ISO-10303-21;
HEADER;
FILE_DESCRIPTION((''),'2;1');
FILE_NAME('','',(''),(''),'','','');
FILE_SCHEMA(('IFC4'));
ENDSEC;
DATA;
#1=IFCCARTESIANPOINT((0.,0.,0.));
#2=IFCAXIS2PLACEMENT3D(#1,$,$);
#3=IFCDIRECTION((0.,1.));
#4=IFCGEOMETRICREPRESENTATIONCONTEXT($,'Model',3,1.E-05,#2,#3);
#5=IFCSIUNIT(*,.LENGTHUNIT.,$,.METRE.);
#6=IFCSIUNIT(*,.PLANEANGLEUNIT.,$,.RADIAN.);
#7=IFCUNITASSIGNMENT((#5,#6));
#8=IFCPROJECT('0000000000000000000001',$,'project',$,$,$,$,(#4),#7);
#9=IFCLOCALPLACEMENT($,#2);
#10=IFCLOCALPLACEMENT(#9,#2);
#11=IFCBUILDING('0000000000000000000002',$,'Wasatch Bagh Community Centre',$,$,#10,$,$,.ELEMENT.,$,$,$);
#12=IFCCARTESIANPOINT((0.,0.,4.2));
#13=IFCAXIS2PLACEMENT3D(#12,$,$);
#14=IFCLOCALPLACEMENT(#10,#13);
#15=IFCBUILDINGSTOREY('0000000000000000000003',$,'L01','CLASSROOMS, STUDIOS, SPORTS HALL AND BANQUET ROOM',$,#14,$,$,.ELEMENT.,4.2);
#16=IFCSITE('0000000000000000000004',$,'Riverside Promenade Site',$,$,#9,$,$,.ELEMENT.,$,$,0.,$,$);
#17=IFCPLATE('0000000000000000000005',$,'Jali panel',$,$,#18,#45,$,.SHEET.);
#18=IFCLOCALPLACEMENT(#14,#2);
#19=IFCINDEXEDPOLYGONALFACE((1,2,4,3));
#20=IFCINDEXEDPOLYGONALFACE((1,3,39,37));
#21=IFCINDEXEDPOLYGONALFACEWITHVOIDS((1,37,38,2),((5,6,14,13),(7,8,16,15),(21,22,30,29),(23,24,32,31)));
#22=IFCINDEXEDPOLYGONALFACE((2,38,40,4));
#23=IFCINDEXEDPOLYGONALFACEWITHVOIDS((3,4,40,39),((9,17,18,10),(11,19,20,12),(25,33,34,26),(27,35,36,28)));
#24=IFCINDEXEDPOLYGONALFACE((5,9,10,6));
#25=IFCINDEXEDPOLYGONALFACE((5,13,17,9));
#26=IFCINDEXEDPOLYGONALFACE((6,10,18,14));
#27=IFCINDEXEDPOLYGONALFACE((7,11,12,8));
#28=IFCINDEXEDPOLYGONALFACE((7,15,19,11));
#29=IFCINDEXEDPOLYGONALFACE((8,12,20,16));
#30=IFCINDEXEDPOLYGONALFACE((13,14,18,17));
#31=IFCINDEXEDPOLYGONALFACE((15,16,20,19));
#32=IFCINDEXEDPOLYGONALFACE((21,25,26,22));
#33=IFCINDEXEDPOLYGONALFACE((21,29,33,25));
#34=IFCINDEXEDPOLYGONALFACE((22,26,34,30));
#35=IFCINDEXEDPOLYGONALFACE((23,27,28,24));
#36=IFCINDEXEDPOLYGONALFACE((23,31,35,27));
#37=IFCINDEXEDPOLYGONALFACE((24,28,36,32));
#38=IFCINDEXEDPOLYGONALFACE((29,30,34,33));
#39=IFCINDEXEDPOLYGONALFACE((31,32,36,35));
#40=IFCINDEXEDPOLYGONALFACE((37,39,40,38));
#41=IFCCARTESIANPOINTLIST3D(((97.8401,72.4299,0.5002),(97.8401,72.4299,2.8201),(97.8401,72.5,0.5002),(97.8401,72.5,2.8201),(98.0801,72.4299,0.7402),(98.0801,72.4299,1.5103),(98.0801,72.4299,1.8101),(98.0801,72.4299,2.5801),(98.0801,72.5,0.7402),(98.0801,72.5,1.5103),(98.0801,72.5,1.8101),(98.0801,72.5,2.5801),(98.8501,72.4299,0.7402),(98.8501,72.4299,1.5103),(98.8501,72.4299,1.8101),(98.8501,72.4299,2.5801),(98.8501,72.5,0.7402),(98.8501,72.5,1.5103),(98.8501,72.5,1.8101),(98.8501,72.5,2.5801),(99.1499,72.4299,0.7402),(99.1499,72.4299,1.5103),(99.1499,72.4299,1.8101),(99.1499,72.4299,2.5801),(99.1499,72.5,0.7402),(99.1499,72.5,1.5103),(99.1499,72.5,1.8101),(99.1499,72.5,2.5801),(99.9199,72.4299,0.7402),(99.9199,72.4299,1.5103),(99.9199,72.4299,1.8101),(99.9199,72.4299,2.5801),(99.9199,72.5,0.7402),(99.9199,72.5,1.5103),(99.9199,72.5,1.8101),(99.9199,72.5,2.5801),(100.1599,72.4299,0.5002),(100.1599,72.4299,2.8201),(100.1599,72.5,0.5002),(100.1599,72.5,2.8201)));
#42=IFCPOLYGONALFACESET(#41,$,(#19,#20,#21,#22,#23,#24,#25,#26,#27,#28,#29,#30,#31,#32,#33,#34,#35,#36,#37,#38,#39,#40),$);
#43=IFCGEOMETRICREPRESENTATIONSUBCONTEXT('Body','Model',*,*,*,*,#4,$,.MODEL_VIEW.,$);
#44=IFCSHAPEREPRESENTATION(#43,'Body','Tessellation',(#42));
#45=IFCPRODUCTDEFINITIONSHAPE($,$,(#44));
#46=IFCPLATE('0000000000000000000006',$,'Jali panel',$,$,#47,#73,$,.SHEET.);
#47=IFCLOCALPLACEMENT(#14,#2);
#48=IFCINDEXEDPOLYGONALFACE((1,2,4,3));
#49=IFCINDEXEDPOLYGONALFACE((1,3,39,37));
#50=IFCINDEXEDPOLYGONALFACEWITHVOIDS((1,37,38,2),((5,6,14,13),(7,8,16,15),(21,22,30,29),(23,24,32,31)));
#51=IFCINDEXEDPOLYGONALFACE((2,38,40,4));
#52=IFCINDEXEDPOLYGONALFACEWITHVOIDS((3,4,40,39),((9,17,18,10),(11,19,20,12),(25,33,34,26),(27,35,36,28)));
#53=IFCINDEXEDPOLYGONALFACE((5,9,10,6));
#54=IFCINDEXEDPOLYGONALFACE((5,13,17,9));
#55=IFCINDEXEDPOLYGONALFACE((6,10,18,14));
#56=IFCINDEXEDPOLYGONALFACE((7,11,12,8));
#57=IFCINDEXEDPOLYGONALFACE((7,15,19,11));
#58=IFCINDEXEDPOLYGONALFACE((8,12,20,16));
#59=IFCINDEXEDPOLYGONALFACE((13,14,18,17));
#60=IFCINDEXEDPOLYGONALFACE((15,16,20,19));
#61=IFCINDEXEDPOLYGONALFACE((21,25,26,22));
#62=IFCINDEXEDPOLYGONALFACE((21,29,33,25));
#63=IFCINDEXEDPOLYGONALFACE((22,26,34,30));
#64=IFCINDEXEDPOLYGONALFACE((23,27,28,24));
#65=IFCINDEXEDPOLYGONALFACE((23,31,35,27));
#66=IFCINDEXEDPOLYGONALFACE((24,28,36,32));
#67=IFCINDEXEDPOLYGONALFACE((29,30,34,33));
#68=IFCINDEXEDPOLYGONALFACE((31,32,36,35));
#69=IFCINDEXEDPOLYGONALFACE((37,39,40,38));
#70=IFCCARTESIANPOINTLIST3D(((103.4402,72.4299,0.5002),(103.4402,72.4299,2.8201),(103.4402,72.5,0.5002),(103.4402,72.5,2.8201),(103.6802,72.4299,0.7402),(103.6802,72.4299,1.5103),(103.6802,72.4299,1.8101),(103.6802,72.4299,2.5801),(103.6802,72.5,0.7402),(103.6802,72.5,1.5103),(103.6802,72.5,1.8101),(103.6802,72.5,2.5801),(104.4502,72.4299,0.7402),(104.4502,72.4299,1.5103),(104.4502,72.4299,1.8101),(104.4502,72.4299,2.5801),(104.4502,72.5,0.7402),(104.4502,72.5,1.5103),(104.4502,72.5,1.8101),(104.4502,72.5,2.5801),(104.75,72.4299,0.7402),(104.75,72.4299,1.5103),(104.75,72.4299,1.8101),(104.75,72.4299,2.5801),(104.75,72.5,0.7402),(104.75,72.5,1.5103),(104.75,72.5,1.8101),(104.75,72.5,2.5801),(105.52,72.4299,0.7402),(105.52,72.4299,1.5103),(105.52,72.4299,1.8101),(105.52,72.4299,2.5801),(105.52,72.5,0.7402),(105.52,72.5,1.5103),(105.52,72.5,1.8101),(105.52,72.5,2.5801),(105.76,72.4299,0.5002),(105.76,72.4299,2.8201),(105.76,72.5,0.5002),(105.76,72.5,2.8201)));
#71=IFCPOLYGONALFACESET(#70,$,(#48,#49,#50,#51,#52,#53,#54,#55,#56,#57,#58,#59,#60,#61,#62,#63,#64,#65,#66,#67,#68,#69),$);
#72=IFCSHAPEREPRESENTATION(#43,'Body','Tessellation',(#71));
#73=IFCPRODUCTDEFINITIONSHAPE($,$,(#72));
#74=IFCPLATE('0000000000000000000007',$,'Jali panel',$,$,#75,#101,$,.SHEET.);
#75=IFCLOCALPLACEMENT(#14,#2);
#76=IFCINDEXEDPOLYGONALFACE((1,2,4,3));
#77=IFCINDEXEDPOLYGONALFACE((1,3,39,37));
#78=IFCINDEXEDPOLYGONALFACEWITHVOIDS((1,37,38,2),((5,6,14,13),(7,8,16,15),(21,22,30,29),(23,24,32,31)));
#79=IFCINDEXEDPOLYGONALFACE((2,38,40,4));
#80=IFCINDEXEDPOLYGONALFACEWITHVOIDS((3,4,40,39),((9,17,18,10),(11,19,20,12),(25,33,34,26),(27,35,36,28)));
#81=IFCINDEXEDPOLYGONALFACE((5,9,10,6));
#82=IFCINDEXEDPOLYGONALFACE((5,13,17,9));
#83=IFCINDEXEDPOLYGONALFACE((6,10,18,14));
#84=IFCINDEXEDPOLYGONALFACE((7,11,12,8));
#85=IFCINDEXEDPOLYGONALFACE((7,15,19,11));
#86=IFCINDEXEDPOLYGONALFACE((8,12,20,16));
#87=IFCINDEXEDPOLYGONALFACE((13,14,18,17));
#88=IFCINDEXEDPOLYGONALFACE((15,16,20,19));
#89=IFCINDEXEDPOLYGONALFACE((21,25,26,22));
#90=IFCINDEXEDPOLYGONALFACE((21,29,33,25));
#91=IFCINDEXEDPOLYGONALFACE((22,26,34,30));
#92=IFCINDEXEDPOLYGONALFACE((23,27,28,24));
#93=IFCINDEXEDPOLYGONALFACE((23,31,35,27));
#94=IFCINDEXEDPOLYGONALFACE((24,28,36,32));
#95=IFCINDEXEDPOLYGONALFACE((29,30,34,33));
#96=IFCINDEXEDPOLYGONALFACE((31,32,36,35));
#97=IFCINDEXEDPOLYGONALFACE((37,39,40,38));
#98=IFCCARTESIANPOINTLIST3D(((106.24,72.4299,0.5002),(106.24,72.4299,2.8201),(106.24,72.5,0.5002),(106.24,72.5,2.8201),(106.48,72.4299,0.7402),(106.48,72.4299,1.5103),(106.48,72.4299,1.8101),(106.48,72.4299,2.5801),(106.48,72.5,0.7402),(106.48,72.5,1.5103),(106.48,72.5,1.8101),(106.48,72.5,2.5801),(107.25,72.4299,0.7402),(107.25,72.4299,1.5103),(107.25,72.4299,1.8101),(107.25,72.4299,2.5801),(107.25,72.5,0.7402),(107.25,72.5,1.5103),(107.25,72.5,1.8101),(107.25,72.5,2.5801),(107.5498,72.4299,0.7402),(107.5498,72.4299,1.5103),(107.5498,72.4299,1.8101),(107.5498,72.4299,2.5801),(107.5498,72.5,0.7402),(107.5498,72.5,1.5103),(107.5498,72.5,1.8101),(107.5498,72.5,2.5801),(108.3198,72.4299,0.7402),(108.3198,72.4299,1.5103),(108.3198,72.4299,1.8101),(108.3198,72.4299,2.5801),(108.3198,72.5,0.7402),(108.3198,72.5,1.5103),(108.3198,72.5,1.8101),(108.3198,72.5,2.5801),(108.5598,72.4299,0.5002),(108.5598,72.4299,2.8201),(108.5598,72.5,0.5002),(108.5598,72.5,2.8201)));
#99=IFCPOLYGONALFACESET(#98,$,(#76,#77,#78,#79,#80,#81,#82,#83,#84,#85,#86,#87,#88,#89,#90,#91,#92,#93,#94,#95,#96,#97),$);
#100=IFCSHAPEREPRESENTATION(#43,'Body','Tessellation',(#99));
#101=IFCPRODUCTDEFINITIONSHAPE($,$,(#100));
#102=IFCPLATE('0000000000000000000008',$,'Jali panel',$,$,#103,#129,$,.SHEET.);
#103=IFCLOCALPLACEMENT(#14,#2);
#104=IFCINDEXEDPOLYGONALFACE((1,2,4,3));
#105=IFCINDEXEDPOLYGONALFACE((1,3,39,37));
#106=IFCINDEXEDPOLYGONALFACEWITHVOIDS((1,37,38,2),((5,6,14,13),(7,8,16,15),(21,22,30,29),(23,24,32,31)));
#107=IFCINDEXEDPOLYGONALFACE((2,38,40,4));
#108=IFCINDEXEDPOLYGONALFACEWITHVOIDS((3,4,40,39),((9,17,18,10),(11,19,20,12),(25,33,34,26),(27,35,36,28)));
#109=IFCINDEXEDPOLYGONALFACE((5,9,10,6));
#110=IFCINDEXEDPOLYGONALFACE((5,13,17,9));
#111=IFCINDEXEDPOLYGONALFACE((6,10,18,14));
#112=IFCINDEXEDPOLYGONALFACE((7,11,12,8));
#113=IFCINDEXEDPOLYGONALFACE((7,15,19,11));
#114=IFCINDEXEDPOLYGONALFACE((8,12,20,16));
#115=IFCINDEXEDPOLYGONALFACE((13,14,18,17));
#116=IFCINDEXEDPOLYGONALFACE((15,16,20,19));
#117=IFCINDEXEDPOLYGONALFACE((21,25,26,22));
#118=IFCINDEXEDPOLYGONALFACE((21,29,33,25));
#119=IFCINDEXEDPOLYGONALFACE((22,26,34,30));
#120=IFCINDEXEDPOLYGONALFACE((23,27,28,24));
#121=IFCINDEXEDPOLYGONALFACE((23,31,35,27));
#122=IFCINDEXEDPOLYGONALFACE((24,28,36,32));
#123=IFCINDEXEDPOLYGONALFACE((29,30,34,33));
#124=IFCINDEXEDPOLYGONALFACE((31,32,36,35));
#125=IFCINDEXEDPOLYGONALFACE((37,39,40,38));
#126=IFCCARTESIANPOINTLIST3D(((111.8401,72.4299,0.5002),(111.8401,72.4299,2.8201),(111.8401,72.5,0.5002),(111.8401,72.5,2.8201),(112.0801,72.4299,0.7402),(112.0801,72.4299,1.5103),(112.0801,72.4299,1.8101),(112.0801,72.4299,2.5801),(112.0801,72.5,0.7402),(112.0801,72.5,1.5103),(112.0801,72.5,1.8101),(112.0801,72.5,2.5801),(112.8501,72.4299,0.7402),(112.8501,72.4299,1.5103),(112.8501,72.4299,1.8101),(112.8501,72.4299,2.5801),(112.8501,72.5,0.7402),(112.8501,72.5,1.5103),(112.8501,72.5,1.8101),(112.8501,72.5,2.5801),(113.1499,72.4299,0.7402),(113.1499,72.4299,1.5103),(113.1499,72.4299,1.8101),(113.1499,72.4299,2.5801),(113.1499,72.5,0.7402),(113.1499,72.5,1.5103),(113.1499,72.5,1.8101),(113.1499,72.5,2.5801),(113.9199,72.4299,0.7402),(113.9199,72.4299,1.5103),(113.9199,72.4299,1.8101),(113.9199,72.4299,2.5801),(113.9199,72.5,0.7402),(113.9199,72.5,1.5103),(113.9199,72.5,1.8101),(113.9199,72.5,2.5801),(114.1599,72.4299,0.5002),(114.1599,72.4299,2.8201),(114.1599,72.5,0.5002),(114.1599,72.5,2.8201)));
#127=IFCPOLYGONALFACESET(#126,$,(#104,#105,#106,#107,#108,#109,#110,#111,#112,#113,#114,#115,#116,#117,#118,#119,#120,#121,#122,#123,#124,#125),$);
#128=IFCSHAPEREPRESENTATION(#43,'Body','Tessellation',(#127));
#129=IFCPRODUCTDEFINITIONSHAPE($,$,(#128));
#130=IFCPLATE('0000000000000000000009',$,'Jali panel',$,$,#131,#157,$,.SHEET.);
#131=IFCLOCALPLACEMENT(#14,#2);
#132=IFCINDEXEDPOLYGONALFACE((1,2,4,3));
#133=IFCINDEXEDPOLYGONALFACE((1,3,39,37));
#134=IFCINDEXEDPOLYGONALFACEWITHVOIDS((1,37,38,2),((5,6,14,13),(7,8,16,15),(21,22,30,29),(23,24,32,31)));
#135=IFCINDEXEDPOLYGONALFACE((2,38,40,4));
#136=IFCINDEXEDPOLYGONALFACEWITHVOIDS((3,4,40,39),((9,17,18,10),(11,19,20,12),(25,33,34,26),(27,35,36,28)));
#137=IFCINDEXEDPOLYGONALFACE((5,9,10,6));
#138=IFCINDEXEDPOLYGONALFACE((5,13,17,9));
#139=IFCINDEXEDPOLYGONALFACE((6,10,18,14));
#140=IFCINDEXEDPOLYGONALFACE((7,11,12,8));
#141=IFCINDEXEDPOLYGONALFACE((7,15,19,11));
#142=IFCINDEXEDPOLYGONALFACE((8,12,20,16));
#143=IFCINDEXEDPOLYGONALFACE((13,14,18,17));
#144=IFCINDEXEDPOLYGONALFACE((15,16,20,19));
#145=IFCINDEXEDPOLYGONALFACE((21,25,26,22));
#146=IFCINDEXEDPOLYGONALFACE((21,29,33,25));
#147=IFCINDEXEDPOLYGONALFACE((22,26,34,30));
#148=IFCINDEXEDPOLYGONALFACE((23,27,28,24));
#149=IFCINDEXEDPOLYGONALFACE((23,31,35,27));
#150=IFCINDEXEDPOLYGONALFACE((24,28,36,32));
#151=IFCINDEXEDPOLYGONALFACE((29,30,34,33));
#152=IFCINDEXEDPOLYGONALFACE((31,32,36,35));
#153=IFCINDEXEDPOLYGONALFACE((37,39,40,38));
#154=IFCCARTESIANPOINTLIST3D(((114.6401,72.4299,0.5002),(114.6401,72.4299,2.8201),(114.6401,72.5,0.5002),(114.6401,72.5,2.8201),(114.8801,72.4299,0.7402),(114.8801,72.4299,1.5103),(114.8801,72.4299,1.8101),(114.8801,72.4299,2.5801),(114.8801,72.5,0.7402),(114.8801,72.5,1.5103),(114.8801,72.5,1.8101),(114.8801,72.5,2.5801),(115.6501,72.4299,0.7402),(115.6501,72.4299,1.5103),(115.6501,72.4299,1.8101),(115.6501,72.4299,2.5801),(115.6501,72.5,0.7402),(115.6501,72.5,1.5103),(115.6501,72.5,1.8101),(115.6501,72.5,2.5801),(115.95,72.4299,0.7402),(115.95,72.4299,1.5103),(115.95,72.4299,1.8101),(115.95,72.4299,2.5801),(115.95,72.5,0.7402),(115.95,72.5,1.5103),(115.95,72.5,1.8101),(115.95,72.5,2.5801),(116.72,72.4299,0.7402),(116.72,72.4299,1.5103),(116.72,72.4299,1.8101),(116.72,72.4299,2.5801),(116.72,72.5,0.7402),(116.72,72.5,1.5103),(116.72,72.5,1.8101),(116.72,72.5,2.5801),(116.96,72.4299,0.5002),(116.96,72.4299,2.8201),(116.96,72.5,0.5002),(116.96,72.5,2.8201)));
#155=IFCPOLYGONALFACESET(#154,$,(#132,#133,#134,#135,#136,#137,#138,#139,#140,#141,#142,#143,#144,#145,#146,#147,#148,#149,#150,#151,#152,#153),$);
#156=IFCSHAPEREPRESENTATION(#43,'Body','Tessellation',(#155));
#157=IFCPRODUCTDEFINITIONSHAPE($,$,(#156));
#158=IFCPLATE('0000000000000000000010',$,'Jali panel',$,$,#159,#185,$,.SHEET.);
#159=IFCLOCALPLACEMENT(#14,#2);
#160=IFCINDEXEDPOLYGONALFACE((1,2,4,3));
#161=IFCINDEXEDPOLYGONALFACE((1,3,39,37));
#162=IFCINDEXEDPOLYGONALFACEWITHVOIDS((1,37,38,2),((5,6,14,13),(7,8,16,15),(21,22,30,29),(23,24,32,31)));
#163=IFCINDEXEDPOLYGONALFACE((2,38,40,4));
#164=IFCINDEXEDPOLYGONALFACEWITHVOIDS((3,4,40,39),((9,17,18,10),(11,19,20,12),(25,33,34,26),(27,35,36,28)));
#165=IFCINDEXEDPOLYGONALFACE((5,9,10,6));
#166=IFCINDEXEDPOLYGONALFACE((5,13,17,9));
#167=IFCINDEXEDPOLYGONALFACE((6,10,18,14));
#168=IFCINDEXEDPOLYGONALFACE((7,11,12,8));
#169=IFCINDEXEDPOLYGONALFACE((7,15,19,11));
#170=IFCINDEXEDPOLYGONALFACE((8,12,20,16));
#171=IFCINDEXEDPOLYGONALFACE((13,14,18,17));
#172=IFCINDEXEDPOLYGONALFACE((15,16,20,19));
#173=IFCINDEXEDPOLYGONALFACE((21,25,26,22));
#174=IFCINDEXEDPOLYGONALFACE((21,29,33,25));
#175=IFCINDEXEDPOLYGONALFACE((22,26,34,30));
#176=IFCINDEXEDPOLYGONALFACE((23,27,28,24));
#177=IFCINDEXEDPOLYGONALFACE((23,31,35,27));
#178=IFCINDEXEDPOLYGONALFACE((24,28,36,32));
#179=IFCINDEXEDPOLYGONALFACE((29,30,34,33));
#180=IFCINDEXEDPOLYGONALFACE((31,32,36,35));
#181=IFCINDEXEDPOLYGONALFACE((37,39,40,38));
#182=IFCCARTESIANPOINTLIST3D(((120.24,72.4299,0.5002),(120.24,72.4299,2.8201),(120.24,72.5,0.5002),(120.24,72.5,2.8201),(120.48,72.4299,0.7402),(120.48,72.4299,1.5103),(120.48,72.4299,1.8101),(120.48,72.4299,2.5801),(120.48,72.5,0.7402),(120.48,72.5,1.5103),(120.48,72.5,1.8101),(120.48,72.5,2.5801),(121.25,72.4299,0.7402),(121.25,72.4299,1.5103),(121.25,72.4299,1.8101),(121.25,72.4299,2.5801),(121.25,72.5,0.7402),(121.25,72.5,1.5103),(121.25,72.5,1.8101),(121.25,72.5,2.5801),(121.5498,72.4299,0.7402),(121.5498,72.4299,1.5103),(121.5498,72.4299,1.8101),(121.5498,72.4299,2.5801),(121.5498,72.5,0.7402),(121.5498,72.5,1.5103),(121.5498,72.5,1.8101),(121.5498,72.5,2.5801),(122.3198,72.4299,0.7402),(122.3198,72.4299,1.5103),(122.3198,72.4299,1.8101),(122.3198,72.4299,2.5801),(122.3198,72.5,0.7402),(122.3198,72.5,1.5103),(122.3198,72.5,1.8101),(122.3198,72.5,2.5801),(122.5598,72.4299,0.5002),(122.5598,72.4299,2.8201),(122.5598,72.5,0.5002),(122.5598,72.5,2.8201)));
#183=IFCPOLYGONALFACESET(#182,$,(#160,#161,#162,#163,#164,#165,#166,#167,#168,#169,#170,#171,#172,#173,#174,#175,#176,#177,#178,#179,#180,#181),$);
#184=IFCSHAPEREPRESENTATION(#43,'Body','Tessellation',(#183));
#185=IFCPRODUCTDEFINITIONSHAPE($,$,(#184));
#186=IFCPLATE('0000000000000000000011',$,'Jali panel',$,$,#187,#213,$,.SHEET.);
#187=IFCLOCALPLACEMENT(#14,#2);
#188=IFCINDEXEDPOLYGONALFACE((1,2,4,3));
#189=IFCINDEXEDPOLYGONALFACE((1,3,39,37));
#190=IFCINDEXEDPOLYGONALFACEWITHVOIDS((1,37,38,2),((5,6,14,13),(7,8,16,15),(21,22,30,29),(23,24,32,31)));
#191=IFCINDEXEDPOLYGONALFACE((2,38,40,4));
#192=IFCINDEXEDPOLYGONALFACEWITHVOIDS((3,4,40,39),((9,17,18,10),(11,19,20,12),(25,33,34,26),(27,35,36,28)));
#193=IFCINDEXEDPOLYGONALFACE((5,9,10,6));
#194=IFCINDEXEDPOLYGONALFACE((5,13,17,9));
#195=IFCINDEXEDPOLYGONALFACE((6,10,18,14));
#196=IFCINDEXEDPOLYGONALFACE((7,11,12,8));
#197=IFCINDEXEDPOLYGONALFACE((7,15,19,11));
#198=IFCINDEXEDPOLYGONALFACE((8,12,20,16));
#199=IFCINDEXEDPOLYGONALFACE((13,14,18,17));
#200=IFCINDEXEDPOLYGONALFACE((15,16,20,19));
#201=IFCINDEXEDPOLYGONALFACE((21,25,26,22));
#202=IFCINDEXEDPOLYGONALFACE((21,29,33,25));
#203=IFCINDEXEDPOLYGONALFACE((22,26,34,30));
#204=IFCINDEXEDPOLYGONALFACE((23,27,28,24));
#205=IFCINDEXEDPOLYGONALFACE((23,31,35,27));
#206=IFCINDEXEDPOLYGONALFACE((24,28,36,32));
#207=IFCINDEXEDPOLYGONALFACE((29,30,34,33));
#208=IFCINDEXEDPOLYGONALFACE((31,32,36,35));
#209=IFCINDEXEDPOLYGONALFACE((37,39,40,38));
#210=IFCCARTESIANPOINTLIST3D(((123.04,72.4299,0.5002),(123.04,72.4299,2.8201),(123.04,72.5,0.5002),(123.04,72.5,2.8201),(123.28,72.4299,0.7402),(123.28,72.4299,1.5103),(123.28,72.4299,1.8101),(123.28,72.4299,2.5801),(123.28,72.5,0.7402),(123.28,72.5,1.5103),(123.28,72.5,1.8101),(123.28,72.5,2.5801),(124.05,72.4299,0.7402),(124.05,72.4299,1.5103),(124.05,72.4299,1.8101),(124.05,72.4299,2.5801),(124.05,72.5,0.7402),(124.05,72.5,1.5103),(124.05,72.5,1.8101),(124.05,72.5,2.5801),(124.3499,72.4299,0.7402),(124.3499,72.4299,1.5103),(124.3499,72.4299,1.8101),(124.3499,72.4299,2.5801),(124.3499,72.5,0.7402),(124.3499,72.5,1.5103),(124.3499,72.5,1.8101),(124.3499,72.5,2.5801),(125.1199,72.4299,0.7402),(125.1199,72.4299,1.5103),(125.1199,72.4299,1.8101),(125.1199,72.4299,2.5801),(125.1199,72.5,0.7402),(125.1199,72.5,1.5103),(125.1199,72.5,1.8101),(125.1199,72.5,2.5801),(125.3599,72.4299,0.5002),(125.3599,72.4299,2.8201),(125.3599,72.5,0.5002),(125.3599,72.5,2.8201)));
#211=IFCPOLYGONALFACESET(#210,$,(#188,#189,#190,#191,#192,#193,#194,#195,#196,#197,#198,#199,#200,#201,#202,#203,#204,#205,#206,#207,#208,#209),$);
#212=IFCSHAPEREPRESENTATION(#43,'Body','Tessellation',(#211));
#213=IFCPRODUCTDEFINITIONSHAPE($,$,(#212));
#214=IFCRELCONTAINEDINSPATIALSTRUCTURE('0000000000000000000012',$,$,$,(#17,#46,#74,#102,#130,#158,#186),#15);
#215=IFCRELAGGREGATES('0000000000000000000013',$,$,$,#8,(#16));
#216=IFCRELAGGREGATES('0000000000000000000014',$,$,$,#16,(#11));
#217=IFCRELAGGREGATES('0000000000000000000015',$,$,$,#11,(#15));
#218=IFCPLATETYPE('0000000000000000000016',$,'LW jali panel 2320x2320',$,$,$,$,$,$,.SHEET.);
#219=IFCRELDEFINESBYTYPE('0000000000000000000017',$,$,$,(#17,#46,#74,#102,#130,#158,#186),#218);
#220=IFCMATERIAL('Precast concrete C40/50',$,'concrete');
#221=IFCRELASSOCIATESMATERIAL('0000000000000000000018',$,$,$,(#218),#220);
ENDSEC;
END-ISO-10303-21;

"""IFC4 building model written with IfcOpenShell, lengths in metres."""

from ifc_helpers import new_model, si_unit, direction, frame, origin, place, context, subcontext, project, spatial, polyline, outline, extrude, material, material_profile, profile_set, type_object, element, save


model = new_model("IFC4")

# Units and contexts
model_context = context("Model", 3, precision=1e-05, world=origin(), true_north=direction((0.0, 1.0)))
body_context = subcontext(model_context, "Body", "Model", "MODEL_VIEW")
ifc_project = project(units=[si_unit("LENGTHUNIT", "METRE"), si_unit("PLANEANGLEUNIT", "RADIAN")], contexts=[model_context])

# Site, building, storey
site_placement = place(None, origin())
site = spatial("IfcSite", under=ifc_project, at=site_placement, Name="Riverside Promenade Site", CompositionType="ELEMENT", RefElevation=0.0)
building_placement = place(site_placement, origin())
building = spatial("IfcBuilding", under=site, at=building_placement, Name="Wasatch Bagh Community Centre", CompositionType="ELEMENT")
storey_placement = place(building_placement, frame((0.0, 0.0, 4.2)))
storey = spatial("IfcBuildingStorey", under=building, at=storey_placement, Name="L01", Description="CLASSROOMS, STUDIOS, SPORTS HALL AND BANQUET ROOM", CompositionType="ELEMENT", Elevation=4.2)

# Plates
ifc_material_1 = material(Name="Precast concrete C40/50", Category="concrete")
ifc_material_profile_1 = material_profile(ifc_material_1, outline(polyline([(-1.1599, -1.1599), (1.1599, -1.1599), (1.1599, 1.1599), (-1.1599, 1.1599), (-1.1599, -1.1599)]), holes=[polyline([(-0.9199, -0.9199), (-0.1499, -0.9199), (-0.1499, -0.1499), (-0.9199, -0.1499), (-0.9199, -0.9199)]), polyline([(-0.9199, 0.1499), (-0.1499, 0.1499), (-0.1499, 0.9199), (-0.9199, 0.9199), (-0.9199, 0.1499)]), polyline([(0.1499, -0.9199), (0.9199, -0.9199), (0.9199, -0.1499), (0.1499, -0.1499), (0.1499, -0.9199)]), polyline([(0.1499, 0.1499), (0.9199, 0.1499), (0.9199, 0.9199), (0.1499, 0.9199), (0.1499, 0.1499)])]), Name="Jali lattice")
ifc_profile_set_1 = profile_set([ifc_material_profile_1], Name="Precast concrete C40/50")
plate_type_1 = type_object("IfcPlateType", Name="LW jali panel 2320x2320", PredefinedType="SHEET", material=ifc_profile_set_1)
for number, where, z_axis, x_axis, name in (
    (1, (99.0, 72.5, 1.6602), (0.0, -1.0, 0.0), (1.0, 0.0, 0.0), "Jali panel"),
    (2, (104.6001, 72.5, 1.6602), (0.0, -1.0, 0.0), (1.0, 0.0, 0.0), "Jali panel"),
    (3, (107.3999, 72.5, 1.6602), (0.0, -1.0, 0.0), (1.0, 0.0, 0.0), "Jali panel"),
    (4, (113.0, 72.5, 1.6602), (0.0, -1.0, 0.0), (1.0, 0.0, 0.0), "Jali panel"),
    (5, (115.8, 72.5, 1.6602), (0.0, -1.0, 0.0), (1.0, 0.0, 0.0), "Jali panel"),
    (6, (121.3999, 72.5, 1.6602), (0.0, -1.0, 0.0), (1.0, 0.0, 0.0), "Jali panel"),
    (7, (124.2, 72.5, 1.6602), (0.0, -1.0, 0.0), (1.0, 0.0, 0.0), "Jali panel"),
):
    element("IfcPlate", number, at=place(storey_placement, frame(where, z_axis=z_axis, x_axis=x_axis)), inside=storey, type_object=plate_type_1, Name=name, PredefinedType="SHEET", context=body_context, shape_type="SweptSolid", body=[
        extrude(outline(polyline([(-1.1599, -1.1599), (1.1599, -1.1599), (1.1599, 1.1599), (-1.1599, 1.1599), (-1.1599, -1.1599)]), holes=[polyline([(-0.9199, -0.9199), (-0.1499, -0.9199), (-0.1499, -0.1499), (-0.9199, -0.1499), (-0.9199, -0.9199)]), polyline([(-0.9199, 0.1499), (-0.1499, 0.1499), (-0.1499, 0.9199), (-0.9199, 0.9199), (-0.9199, 0.1499)]), polyline([(0.1499, -0.9199), (0.9199, -0.9199), (0.9199, -0.1499), (0.1499, -0.1499), (0.1499, -0.9199)]), polyline([(0.1499, 0.1499), (0.9199, 0.1499), (0.9199, 0.9199), (0.1499, 0.9199), (0.1499, 0.1499)])]), origin(), (0.0, 0.0, 1.0), 0.0701),
    ])

save(model, "model.ifc")
